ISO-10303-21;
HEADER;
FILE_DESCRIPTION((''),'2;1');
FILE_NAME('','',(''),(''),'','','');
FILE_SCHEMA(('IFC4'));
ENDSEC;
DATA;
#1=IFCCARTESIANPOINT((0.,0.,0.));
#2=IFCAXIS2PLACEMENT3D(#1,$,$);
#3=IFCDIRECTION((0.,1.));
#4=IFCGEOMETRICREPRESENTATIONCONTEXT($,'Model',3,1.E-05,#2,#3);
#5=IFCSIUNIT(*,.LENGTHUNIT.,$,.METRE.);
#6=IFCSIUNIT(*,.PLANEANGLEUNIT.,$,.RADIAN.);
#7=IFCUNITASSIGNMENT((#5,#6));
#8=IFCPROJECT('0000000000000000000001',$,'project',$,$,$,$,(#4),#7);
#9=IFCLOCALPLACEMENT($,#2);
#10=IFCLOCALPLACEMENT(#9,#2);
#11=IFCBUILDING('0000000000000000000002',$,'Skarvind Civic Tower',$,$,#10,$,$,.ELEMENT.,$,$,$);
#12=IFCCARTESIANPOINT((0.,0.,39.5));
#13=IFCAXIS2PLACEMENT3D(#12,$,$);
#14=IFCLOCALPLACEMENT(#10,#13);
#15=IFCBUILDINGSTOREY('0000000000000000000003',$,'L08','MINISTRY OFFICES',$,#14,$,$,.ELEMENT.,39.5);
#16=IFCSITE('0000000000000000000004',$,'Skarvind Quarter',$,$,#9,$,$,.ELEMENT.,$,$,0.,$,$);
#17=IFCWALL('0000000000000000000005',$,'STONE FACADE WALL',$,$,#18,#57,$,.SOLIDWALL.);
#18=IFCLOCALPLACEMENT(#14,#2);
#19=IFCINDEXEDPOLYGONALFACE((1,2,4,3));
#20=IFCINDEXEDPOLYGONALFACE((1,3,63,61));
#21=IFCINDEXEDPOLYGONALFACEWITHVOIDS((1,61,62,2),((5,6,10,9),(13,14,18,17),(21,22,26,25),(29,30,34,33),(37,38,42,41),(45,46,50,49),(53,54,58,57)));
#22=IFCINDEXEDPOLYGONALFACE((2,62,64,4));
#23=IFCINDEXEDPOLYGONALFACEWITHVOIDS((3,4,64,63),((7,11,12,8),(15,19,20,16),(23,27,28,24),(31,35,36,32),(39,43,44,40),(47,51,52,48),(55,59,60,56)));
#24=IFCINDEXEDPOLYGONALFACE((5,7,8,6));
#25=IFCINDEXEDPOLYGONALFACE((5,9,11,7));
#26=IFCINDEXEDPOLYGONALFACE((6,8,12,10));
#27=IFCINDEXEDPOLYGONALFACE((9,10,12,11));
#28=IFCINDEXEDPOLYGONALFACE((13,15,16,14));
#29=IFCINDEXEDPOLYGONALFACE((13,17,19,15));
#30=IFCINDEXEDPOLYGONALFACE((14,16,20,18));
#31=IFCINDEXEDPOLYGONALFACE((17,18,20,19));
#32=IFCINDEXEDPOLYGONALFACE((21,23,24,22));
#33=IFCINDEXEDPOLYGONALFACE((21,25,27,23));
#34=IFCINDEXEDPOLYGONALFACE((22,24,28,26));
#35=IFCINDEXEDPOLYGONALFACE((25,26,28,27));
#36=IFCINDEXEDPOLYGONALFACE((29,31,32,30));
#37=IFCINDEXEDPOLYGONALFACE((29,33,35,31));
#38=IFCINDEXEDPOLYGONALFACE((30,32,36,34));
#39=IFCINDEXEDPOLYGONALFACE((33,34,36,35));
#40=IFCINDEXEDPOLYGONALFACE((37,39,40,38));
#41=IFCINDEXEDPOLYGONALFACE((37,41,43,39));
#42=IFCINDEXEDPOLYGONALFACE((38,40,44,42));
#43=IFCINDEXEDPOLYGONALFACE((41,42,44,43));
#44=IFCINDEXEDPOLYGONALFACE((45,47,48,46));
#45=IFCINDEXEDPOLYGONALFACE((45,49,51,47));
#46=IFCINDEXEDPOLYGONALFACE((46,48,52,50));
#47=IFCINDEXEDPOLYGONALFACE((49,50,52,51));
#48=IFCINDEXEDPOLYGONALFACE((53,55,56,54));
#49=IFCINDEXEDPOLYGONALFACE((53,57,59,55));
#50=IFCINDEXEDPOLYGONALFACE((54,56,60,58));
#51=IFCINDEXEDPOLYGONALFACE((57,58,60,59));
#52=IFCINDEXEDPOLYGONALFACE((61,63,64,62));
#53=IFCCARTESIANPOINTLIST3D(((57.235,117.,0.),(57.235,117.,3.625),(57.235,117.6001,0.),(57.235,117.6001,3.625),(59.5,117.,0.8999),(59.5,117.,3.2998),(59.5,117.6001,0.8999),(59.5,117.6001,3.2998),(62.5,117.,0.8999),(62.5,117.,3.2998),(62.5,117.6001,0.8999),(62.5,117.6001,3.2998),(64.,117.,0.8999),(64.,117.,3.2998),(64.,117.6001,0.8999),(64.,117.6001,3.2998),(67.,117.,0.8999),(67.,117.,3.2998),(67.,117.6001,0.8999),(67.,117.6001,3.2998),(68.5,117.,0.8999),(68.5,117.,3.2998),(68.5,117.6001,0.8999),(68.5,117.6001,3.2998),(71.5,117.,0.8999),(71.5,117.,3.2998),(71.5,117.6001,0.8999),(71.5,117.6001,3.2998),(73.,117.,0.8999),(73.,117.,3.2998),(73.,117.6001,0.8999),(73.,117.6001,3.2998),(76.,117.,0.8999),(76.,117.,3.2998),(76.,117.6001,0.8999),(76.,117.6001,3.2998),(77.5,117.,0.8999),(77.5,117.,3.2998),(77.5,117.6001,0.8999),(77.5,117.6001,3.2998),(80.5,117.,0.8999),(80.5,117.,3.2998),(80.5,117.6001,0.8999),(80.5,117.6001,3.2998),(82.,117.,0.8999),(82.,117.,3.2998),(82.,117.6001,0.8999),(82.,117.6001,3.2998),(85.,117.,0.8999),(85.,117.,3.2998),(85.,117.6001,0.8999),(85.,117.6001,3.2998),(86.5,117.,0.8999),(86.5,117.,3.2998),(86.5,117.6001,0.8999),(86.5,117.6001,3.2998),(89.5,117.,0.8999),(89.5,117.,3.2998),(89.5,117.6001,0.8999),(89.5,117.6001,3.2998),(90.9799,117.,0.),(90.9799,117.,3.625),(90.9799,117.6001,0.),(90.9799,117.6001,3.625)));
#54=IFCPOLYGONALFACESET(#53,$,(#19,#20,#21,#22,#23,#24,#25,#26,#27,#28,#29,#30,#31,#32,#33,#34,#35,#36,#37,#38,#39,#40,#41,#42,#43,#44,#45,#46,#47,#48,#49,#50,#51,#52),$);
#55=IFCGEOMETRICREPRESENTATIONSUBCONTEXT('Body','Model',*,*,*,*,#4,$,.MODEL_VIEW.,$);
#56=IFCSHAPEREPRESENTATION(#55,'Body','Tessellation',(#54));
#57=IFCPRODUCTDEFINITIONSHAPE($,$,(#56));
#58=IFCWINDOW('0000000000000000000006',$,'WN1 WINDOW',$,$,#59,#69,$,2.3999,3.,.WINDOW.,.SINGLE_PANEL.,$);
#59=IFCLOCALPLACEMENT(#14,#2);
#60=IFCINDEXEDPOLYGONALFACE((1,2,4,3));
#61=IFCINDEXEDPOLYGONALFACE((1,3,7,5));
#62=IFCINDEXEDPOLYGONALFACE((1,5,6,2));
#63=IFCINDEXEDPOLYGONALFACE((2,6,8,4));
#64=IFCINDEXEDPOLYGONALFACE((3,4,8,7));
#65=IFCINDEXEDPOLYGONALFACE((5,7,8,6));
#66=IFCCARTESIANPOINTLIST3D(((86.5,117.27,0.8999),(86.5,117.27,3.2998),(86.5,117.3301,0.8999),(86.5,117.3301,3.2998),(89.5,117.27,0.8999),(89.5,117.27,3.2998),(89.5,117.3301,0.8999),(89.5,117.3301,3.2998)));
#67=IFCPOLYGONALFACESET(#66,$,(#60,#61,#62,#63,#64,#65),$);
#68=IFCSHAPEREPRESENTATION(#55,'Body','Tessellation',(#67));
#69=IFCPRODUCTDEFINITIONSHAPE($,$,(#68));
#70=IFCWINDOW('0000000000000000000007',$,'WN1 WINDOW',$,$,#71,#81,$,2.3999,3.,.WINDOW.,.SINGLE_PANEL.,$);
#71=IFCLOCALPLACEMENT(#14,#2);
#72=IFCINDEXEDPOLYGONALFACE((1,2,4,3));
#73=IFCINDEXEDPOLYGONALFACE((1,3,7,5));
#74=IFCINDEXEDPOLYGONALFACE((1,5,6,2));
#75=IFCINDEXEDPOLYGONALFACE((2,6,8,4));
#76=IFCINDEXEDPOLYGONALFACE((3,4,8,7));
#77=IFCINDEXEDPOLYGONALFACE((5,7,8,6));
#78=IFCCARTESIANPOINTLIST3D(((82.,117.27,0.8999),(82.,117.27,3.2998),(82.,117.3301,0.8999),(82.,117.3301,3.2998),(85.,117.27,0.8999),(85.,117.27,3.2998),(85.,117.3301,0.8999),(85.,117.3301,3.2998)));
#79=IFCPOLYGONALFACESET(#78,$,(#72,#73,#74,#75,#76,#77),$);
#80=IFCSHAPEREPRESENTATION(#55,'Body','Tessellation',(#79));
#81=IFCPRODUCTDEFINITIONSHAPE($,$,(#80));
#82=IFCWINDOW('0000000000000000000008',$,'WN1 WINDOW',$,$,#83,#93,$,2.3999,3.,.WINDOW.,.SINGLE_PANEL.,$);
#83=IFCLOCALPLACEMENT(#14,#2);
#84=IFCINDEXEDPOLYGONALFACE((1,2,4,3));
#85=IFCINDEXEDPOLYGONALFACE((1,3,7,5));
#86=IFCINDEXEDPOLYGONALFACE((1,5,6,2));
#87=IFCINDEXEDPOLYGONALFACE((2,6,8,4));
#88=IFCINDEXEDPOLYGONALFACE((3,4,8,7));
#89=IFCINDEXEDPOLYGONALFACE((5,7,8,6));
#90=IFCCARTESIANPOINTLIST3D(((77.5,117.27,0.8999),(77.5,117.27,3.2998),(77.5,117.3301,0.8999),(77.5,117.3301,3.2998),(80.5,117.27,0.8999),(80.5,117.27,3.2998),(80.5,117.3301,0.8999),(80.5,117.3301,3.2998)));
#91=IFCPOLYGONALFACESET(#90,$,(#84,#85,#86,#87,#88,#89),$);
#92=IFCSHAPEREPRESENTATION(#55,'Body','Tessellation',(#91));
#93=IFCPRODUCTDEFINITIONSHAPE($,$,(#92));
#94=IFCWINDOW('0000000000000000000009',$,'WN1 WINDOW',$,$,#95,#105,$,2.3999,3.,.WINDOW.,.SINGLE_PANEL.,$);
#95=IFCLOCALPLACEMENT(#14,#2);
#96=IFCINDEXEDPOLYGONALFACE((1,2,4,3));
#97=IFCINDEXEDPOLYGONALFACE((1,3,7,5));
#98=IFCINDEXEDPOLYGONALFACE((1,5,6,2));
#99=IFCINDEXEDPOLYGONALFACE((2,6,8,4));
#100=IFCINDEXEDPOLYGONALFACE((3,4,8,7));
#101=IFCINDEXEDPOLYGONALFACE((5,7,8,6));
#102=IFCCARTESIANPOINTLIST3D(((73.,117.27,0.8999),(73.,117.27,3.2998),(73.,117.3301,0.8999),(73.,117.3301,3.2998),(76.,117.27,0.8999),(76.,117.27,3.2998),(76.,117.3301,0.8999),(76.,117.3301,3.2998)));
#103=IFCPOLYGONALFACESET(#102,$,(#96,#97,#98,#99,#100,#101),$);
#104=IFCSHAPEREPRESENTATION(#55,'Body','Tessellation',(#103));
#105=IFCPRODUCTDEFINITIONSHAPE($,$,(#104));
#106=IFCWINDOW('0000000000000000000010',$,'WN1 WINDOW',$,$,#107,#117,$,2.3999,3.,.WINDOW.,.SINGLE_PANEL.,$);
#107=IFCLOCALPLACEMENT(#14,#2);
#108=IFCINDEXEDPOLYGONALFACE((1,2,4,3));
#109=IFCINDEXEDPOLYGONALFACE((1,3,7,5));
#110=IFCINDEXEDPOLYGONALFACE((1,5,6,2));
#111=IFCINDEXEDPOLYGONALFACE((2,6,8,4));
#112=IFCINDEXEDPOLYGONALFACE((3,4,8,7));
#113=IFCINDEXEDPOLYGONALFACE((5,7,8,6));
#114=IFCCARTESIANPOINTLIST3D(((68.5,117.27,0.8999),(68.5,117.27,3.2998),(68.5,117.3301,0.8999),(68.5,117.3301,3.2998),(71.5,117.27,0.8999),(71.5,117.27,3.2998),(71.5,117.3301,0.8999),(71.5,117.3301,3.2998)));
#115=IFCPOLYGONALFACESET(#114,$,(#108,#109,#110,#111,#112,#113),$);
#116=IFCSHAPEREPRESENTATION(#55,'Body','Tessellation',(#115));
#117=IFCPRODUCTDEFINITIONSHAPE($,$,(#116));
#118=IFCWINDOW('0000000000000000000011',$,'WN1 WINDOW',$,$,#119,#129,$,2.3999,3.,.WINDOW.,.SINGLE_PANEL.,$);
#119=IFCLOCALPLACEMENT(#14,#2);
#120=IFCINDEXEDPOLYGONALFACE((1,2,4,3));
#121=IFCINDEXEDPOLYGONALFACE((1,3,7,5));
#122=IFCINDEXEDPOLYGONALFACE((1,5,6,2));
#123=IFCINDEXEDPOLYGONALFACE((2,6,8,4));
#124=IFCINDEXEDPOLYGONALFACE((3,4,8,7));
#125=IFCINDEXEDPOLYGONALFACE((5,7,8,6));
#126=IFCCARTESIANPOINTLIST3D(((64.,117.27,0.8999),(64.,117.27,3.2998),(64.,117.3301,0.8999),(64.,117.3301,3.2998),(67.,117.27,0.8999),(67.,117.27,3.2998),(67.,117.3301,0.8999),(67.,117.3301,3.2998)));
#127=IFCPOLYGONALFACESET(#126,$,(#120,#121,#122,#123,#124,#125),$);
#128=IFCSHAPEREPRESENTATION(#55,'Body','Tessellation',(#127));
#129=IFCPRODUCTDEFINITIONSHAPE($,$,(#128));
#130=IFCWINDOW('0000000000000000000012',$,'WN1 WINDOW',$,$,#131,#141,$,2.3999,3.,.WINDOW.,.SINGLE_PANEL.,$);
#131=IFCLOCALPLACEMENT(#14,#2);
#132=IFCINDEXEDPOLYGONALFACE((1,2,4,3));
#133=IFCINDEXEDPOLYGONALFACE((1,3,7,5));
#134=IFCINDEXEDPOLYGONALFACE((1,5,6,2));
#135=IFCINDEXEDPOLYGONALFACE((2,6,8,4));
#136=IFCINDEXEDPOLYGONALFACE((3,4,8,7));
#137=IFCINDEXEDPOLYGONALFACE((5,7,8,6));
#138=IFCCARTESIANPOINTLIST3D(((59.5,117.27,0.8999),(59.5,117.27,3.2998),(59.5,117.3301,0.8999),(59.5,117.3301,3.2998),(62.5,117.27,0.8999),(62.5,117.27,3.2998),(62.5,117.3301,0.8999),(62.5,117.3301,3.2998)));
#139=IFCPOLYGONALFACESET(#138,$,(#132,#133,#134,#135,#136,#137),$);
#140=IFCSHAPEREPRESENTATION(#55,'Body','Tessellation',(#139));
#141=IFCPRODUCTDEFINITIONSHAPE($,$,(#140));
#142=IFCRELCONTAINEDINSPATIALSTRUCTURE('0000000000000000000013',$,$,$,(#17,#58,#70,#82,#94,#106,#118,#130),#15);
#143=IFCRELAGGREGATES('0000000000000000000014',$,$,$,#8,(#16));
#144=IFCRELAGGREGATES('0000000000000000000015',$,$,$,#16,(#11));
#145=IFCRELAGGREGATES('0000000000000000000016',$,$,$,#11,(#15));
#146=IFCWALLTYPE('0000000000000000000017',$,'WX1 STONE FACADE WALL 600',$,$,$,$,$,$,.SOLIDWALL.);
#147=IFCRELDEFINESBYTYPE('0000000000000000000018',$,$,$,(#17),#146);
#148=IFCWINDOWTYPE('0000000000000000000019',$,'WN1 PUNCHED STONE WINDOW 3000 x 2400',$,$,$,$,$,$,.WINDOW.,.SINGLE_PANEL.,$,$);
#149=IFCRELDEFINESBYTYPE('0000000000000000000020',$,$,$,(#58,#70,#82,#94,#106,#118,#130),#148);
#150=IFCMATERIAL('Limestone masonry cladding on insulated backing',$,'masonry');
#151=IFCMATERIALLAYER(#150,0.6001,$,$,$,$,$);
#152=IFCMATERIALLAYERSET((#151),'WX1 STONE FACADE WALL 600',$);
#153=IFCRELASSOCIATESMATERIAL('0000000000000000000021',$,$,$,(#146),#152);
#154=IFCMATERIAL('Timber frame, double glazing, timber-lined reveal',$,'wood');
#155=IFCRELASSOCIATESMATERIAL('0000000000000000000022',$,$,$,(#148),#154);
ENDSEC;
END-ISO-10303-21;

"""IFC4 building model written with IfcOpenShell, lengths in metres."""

from ifc_helpers import new_model, si_unit, direction, frame, frame_2d, origin, place, context, subcontext, project, spatial, rectangle, extrude, material, layer, layer_set, type_object, element, fill, save


model = new_model("IFC4")

# Units and contexts
model_context = context("Model", 3, precision=1e-05, world=origin(), true_north=direction((0.0, 1.0)))
body_context = subcontext(model_context, "Body", "Model", "MODEL_VIEW")
ifc_project = project(units=[si_unit("LENGTHUNIT", "METRE"), si_unit("PLANEANGLEUNIT", "RADIAN")], contexts=[model_context])

# Site, building, storey
site_placement = place(None, origin())
site = spatial("IfcSite", under=ifc_project, at=site_placement, Name="Skarvind Quarter", CompositionType="ELEMENT", RefElevation=0.0)
building_placement = place(site_placement, origin())
building = spatial("IfcBuilding", under=site, at=building_placement, Name="Skarvind Civic Tower", CompositionType="ELEMENT")
storey_placement = place(building_placement, frame((0.0, 0.0, 39.5)))
storey = spatial("IfcBuildingStorey", under=building, at=storey_placement, Name="L08", Description="MINISTRY OFFICES", CompositionType="ELEMENT", Elevation=39.5)

# Wall, openings, windows
ifc_material_1 = material(Name="Limestone masonry cladding on insulated backing", Category="masonry")
ifc_layer_1 = layer(ifc_material_1, 0.6001)
ifc_layer_set_1 = layer_set([ifc_layer_1], Name="WX1 STONE FACADE WALL 600")
wall_type_1 = type_object("IfcWallType", Name="WX1 STONE FACADE WALL 600", PredefinedType="SOLIDWALL", material=ifc_layer_set_1)
wall_1_placement = place(storey_placement, frame((90.98, 117.3, 0.0), z_axis=(0.0, 0.0, 1.0), x_axis=(-1.0, 0.0, 0.0)))
wall_1 = element("IfcWall", 1, at=wall_1_placement, inside=storey, type_object=wall_type_1, Name="STONE FACADE WALL", PredefinedType="SOLIDWALL", context=body_context, shape_type="SweptSolid", body=[
    extrude(rectangle(XDim=33.7449, YDim=0.6001, at=frame_2d((16.8726, 0.0))), origin(), (0.0, 0.0, 1.0), 3.625),
])
opening_1_placement = place(wall_1_placement, frame((1.48, 0.0, 0.8999)))
opening_1 = element("IfcOpeningElement", 2, at=opening_1_placement, cuts=wall_1, PredefinedType="OPENING", context=body_context, shape_type="SweptSolid", body=[
    extrude(rectangle(XDim=3.0, YDim=2.3999, at=frame_2d((1.5, 1.2))), frame((0.0, 0.3101, 0.0), z_axis=(0.0, -1.0, 0.0), x_axis=(1.0, 0.0, 0.0)), (0.0, 0.0, 1.0), 0.6201),
])
opening_2_placement = place(wall_1_placement, frame((5.98, 0.0, 0.8999)))
opening_2 = element("IfcOpeningElement", 3, at=opening_2_placement, cuts=wall_1, PredefinedType="OPENING", context=body_context, shape_type="SweptSolid", body=[
    extrude(rectangle(XDim=3.0, YDim=2.3999, at=frame_2d((1.5, 1.2))), frame((0.0, 0.3101, 0.0), z_axis=(0.0, -1.0, 0.0), x_axis=(1.0, 0.0, 0.0)), (0.0, 0.0, 1.0), 0.6201),
])
opening_3_placement = place(wall_1_placement, frame((10.48, 0.0, 0.8999)))
opening_3 = element("IfcOpeningElement", 4, at=opening_3_placement, cuts=wall_1, PredefinedType="OPENING", context=body_context, shape_type="SweptSolid", body=[
    extrude(rectangle(XDim=3.0, YDim=2.3999, at=frame_2d((1.5, 1.2))), frame((0.0, 0.3101, 0.0), z_axis=(0.0, -1.0, 0.0), x_axis=(1.0, 0.0, 0.0)), (0.0, 0.0, 1.0), 0.6201),
])
opening_4_placement = place(wall_1_placement, frame((14.98, 0.0, 0.8999)))
opening_4 = element("IfcOpeningElement", 5, at=opening_4_placement, cuts=wall_1, PredefinedType="OPENING", context=body_context, shape_type="SweptSolid", body=[
    extrude(rectangle(XDim=3.0, YDim=2.3999, at=frame_2d((1.5, 1.2))), frame((0.0, 0.3101, 0.0), z_axis=(0.0, -1.0, 0.0), x_axis=(1.0, 0.0, 0.0)), (0.0, 0.0, 1.0), 0.6201),
])
opening_5_placement = place(wall_1_placement, frame((19.48, 0.0, 0.8999)))
opening_5 = element("IfcOpeningElement", 6, at=opening_5_placement, cuts=wall_1, PredefinedType="OPENING", context=body_context, shape_type="SweptSolid", body=[
    extrude(rectangle(XDim=3.0, YDim=2.3999, at=frame_2d((1.5, 1.2))), frame((0.0, 0.3101, 0.0), z_axis=(0.0, -1.0, 0.0), x_axis=(1.0, 0.0, 0.0)), (0.0, 0.0, 1.0), 0.6201),
])
opening_6_placement = place(wall_1_placement, frame((23.98, 0.0, 0.8999)))
opening_6 = element("IfcOpeningElement", 7, at=opening_6_placement, cuts=wall_1, PredefinedType="OPENING", context=body_context, shape_type="SweptSolid", body=[
    extrude(rectangle(XDim=3.0, YDim=2.3999, at=frame_2d((1.5, 1.2))), frame((0.0, 0.3101, 0.0), z_axis=(0.0, -1.0, 0.0), x_axis=(1.0, 0.0, 0.0)), (0.0, 0.0, 1.0), 0.6201),
])
opening_7_placement = place(wall_1_placement, frame((28.48, 0.0, 0.8999)))
opening_7 = element("IfcOpeningElement", 8, at=opening_7_placement, cuts=wall_1, PredefinedType="OPENING", context=body_context, shape_type="SweptSolid", body=[
    extrude(rectangle(XDim=3.0, YDim=2.3999, at=frame_2d((1.5, 1.2))), frame((0.0, 0.3101, 0.0), z_axis=(0.0, -1.0, 0.0), x_axis=(1.0, 0.0, 0.0)), (0.0, 0.0, 1.0), 0.6201),
])
ifc_material_2 = material(Name="Timber frame, double glazing, timber-lined reveal", Category="wood")
window_type = type_object("IfcWindowType", Name="WN1 PUNCHED STONE WINDOW 3000 x 2400", PartitioningType="SINGLE_PANEL", PredefinedType="WINDOW", material=ifc_material_2)
window_1_placement = place(opening_1_placement, origin())
window_1 = element("IfcWindow", 9, at=window_1_placement, inside=storey, type_object=window_type, Name="WN1 WINDOW", OverallHeight=2.3999, OverallWidth=3.0, PartitioningType="SINGLE_PANEL", PredefinedType="WINDOW", context=body_context, shape_type="SweptSolid", body=[
    extrude(rectangle(XDim=3.0, YDim=2.3999, at=frame_2d((1.5, 1.2))), frame((0.0, 0.03, 0.0), z_axis=(0.0, -1.0, 0.0), x_axis=(1.0, 0.0, 0.0)), (0.0, 0.0, 1.0), 0.0601),
])
fill(opening_1, window_1)
window_2_placement = place(opening_2_placement, origin())
window_2 = element("IfcWindow", 10, at=window_2_placement, inside=storey, type_object=window_type, Name="WN1 WINDOW", OverallHeight=2.3999, OverallWidth=3.0, PartitioningType="SINGLE_PANEL", PredefinedType="WINDOW", context=body_context, shape_type="SweptSolid", body=[
    extrude(rectangle(XDim=3.0, YDim=2.3999, at=frame_2d((1.5, 1.2))), frame((0.0, 0.03, 0.0), z_axis=(0.0, -1.0, 0.0), x_axis=(1.0, 0.0, 0.0)), (0.0, 0.0, 1.0), 0.0601),
])
fill(opening_2, window_2)
window_3_placement = place(opening_3_placement, origin())
window_3 = element("IfcWindow", 11, at=window_3_placement, inside=storey, type_object=window_type, Name="WN1 WINDOW", OverallHeight=2.3999, OverallWidth=3.0, PartitioningType="SINGLE_PANEL", PredefinedType="WINDOW", context=body_context, shape_type="SweptSolid", body=[
    extrude(rectangle(XDim=3.0, YDim=2.3999, at=frame_2d((1.5, 1.2))), frame((0.0, 0.03, 0.0), z_axis=(0.0, -1.0, 0.0), x_axis=(1.0, 0.0, 0.0)), (0.0, 0.0, 1.0), 0.0601),
])
fill(opening_3, window_3)
window_4_placement = place(opening_4_placement, origin())
window_4 = element("IfcWindow", 12, at=window_4_placement, inside=storey, type_object=window_type, Name="WN1 WINDOW", OverallHeight=2.3999, OverallWidth=3.0, PartitioningType="SINGLE_PANEL", PredefinedType="WINDOW", context=body_context, shape_type="SweptSolid", body=[
    extrude(rectangle(XDim=3.0, YDim=2.3999, at=frame_2d((1.5, 1.2))), frame((0.0, 0.03, 0.0), z_axis=(0.0, -1.0, 0.0), x_axis=(1.0, 0.0, 0.0)), (0.0, 0.0, 1.0), 0.0601),
])
fill(opening_4, window_4)
window_5_placement = place(opening_5_placement, origin())
window_5 = element("IfcWindow", 13, at=window_5_placement, inside=storey, type_object=window_type, Name="WN1 WINDOW", OverallHeight=2.3999, OverallWidth=3.0, PartitioningType="SINGLE_PANEL", PredefinedType="WINDOW", context=body_context, shape_type="SweptSolid", body=[
    extrude(rectangle(XDim=3.0, YDim=2.3999, at=frame_2d((1.5, 1.2))), frame((0.0, 0.03, 0.0), z_axis=(0.0, -1.0, 0.0), x_axis=(1.0, 0.0, 0.0)), (0.0, 0.0, 1.0), 0.0601),
])
fill(opening_5, window_5)
window_6_placement = place(opening_6_placement, origin())
window_6 = element("IfcWindow", 14, at=window_6_placement, inside=storey, type_object=window_type, Name="WN1 WINDOW", OverallHeight=2.3999, OverallWidth=3.0, PartitioningType="SINGLE_PANEL", PredefinedType="WINDOW", context=body_context, shape_type="SweptSolid", body=[
    extrude(rectangle(XDim=3.0, YDim=2.3999, at=frame_2d((1.5, 1.2))), frame((0.0, 0.03, 0.0), z_axis=(0.0, -1.0, 0.0), x_axis=(1.0, 0.0, 0.0)), (0.0, 0.0, 1.0), 0.0601),
])
fill(opening_6, window_6)
window_7_placement = place(opening_7_placement, origin())
window_7 = element("IfcWindow", 15, at=window_7_placement, inside=storey, type_object=window_type, Name="WN1 WINDOW", OverallHeight=2.3999, OverallWidth=3.0, PartitioningType="SINGLE_PANEL", PredefinedType="WINDOW", context=body_context, shape_type="SweptSolid", body=[
    extrude(rectangle(XDim=3.0, YDim=2.3999, at=frame_2d((1.5, 1.2))), frame((0.0, 0.03, 0.0), z_axis=(0.0, -1.0, 0.0), x_axis=(1.0, 0.0, 0.0)), (0.0, 0.0, 1.0), 0.0601),
])
fill(opening_7, window_7)

save(model, "model.ifc")
